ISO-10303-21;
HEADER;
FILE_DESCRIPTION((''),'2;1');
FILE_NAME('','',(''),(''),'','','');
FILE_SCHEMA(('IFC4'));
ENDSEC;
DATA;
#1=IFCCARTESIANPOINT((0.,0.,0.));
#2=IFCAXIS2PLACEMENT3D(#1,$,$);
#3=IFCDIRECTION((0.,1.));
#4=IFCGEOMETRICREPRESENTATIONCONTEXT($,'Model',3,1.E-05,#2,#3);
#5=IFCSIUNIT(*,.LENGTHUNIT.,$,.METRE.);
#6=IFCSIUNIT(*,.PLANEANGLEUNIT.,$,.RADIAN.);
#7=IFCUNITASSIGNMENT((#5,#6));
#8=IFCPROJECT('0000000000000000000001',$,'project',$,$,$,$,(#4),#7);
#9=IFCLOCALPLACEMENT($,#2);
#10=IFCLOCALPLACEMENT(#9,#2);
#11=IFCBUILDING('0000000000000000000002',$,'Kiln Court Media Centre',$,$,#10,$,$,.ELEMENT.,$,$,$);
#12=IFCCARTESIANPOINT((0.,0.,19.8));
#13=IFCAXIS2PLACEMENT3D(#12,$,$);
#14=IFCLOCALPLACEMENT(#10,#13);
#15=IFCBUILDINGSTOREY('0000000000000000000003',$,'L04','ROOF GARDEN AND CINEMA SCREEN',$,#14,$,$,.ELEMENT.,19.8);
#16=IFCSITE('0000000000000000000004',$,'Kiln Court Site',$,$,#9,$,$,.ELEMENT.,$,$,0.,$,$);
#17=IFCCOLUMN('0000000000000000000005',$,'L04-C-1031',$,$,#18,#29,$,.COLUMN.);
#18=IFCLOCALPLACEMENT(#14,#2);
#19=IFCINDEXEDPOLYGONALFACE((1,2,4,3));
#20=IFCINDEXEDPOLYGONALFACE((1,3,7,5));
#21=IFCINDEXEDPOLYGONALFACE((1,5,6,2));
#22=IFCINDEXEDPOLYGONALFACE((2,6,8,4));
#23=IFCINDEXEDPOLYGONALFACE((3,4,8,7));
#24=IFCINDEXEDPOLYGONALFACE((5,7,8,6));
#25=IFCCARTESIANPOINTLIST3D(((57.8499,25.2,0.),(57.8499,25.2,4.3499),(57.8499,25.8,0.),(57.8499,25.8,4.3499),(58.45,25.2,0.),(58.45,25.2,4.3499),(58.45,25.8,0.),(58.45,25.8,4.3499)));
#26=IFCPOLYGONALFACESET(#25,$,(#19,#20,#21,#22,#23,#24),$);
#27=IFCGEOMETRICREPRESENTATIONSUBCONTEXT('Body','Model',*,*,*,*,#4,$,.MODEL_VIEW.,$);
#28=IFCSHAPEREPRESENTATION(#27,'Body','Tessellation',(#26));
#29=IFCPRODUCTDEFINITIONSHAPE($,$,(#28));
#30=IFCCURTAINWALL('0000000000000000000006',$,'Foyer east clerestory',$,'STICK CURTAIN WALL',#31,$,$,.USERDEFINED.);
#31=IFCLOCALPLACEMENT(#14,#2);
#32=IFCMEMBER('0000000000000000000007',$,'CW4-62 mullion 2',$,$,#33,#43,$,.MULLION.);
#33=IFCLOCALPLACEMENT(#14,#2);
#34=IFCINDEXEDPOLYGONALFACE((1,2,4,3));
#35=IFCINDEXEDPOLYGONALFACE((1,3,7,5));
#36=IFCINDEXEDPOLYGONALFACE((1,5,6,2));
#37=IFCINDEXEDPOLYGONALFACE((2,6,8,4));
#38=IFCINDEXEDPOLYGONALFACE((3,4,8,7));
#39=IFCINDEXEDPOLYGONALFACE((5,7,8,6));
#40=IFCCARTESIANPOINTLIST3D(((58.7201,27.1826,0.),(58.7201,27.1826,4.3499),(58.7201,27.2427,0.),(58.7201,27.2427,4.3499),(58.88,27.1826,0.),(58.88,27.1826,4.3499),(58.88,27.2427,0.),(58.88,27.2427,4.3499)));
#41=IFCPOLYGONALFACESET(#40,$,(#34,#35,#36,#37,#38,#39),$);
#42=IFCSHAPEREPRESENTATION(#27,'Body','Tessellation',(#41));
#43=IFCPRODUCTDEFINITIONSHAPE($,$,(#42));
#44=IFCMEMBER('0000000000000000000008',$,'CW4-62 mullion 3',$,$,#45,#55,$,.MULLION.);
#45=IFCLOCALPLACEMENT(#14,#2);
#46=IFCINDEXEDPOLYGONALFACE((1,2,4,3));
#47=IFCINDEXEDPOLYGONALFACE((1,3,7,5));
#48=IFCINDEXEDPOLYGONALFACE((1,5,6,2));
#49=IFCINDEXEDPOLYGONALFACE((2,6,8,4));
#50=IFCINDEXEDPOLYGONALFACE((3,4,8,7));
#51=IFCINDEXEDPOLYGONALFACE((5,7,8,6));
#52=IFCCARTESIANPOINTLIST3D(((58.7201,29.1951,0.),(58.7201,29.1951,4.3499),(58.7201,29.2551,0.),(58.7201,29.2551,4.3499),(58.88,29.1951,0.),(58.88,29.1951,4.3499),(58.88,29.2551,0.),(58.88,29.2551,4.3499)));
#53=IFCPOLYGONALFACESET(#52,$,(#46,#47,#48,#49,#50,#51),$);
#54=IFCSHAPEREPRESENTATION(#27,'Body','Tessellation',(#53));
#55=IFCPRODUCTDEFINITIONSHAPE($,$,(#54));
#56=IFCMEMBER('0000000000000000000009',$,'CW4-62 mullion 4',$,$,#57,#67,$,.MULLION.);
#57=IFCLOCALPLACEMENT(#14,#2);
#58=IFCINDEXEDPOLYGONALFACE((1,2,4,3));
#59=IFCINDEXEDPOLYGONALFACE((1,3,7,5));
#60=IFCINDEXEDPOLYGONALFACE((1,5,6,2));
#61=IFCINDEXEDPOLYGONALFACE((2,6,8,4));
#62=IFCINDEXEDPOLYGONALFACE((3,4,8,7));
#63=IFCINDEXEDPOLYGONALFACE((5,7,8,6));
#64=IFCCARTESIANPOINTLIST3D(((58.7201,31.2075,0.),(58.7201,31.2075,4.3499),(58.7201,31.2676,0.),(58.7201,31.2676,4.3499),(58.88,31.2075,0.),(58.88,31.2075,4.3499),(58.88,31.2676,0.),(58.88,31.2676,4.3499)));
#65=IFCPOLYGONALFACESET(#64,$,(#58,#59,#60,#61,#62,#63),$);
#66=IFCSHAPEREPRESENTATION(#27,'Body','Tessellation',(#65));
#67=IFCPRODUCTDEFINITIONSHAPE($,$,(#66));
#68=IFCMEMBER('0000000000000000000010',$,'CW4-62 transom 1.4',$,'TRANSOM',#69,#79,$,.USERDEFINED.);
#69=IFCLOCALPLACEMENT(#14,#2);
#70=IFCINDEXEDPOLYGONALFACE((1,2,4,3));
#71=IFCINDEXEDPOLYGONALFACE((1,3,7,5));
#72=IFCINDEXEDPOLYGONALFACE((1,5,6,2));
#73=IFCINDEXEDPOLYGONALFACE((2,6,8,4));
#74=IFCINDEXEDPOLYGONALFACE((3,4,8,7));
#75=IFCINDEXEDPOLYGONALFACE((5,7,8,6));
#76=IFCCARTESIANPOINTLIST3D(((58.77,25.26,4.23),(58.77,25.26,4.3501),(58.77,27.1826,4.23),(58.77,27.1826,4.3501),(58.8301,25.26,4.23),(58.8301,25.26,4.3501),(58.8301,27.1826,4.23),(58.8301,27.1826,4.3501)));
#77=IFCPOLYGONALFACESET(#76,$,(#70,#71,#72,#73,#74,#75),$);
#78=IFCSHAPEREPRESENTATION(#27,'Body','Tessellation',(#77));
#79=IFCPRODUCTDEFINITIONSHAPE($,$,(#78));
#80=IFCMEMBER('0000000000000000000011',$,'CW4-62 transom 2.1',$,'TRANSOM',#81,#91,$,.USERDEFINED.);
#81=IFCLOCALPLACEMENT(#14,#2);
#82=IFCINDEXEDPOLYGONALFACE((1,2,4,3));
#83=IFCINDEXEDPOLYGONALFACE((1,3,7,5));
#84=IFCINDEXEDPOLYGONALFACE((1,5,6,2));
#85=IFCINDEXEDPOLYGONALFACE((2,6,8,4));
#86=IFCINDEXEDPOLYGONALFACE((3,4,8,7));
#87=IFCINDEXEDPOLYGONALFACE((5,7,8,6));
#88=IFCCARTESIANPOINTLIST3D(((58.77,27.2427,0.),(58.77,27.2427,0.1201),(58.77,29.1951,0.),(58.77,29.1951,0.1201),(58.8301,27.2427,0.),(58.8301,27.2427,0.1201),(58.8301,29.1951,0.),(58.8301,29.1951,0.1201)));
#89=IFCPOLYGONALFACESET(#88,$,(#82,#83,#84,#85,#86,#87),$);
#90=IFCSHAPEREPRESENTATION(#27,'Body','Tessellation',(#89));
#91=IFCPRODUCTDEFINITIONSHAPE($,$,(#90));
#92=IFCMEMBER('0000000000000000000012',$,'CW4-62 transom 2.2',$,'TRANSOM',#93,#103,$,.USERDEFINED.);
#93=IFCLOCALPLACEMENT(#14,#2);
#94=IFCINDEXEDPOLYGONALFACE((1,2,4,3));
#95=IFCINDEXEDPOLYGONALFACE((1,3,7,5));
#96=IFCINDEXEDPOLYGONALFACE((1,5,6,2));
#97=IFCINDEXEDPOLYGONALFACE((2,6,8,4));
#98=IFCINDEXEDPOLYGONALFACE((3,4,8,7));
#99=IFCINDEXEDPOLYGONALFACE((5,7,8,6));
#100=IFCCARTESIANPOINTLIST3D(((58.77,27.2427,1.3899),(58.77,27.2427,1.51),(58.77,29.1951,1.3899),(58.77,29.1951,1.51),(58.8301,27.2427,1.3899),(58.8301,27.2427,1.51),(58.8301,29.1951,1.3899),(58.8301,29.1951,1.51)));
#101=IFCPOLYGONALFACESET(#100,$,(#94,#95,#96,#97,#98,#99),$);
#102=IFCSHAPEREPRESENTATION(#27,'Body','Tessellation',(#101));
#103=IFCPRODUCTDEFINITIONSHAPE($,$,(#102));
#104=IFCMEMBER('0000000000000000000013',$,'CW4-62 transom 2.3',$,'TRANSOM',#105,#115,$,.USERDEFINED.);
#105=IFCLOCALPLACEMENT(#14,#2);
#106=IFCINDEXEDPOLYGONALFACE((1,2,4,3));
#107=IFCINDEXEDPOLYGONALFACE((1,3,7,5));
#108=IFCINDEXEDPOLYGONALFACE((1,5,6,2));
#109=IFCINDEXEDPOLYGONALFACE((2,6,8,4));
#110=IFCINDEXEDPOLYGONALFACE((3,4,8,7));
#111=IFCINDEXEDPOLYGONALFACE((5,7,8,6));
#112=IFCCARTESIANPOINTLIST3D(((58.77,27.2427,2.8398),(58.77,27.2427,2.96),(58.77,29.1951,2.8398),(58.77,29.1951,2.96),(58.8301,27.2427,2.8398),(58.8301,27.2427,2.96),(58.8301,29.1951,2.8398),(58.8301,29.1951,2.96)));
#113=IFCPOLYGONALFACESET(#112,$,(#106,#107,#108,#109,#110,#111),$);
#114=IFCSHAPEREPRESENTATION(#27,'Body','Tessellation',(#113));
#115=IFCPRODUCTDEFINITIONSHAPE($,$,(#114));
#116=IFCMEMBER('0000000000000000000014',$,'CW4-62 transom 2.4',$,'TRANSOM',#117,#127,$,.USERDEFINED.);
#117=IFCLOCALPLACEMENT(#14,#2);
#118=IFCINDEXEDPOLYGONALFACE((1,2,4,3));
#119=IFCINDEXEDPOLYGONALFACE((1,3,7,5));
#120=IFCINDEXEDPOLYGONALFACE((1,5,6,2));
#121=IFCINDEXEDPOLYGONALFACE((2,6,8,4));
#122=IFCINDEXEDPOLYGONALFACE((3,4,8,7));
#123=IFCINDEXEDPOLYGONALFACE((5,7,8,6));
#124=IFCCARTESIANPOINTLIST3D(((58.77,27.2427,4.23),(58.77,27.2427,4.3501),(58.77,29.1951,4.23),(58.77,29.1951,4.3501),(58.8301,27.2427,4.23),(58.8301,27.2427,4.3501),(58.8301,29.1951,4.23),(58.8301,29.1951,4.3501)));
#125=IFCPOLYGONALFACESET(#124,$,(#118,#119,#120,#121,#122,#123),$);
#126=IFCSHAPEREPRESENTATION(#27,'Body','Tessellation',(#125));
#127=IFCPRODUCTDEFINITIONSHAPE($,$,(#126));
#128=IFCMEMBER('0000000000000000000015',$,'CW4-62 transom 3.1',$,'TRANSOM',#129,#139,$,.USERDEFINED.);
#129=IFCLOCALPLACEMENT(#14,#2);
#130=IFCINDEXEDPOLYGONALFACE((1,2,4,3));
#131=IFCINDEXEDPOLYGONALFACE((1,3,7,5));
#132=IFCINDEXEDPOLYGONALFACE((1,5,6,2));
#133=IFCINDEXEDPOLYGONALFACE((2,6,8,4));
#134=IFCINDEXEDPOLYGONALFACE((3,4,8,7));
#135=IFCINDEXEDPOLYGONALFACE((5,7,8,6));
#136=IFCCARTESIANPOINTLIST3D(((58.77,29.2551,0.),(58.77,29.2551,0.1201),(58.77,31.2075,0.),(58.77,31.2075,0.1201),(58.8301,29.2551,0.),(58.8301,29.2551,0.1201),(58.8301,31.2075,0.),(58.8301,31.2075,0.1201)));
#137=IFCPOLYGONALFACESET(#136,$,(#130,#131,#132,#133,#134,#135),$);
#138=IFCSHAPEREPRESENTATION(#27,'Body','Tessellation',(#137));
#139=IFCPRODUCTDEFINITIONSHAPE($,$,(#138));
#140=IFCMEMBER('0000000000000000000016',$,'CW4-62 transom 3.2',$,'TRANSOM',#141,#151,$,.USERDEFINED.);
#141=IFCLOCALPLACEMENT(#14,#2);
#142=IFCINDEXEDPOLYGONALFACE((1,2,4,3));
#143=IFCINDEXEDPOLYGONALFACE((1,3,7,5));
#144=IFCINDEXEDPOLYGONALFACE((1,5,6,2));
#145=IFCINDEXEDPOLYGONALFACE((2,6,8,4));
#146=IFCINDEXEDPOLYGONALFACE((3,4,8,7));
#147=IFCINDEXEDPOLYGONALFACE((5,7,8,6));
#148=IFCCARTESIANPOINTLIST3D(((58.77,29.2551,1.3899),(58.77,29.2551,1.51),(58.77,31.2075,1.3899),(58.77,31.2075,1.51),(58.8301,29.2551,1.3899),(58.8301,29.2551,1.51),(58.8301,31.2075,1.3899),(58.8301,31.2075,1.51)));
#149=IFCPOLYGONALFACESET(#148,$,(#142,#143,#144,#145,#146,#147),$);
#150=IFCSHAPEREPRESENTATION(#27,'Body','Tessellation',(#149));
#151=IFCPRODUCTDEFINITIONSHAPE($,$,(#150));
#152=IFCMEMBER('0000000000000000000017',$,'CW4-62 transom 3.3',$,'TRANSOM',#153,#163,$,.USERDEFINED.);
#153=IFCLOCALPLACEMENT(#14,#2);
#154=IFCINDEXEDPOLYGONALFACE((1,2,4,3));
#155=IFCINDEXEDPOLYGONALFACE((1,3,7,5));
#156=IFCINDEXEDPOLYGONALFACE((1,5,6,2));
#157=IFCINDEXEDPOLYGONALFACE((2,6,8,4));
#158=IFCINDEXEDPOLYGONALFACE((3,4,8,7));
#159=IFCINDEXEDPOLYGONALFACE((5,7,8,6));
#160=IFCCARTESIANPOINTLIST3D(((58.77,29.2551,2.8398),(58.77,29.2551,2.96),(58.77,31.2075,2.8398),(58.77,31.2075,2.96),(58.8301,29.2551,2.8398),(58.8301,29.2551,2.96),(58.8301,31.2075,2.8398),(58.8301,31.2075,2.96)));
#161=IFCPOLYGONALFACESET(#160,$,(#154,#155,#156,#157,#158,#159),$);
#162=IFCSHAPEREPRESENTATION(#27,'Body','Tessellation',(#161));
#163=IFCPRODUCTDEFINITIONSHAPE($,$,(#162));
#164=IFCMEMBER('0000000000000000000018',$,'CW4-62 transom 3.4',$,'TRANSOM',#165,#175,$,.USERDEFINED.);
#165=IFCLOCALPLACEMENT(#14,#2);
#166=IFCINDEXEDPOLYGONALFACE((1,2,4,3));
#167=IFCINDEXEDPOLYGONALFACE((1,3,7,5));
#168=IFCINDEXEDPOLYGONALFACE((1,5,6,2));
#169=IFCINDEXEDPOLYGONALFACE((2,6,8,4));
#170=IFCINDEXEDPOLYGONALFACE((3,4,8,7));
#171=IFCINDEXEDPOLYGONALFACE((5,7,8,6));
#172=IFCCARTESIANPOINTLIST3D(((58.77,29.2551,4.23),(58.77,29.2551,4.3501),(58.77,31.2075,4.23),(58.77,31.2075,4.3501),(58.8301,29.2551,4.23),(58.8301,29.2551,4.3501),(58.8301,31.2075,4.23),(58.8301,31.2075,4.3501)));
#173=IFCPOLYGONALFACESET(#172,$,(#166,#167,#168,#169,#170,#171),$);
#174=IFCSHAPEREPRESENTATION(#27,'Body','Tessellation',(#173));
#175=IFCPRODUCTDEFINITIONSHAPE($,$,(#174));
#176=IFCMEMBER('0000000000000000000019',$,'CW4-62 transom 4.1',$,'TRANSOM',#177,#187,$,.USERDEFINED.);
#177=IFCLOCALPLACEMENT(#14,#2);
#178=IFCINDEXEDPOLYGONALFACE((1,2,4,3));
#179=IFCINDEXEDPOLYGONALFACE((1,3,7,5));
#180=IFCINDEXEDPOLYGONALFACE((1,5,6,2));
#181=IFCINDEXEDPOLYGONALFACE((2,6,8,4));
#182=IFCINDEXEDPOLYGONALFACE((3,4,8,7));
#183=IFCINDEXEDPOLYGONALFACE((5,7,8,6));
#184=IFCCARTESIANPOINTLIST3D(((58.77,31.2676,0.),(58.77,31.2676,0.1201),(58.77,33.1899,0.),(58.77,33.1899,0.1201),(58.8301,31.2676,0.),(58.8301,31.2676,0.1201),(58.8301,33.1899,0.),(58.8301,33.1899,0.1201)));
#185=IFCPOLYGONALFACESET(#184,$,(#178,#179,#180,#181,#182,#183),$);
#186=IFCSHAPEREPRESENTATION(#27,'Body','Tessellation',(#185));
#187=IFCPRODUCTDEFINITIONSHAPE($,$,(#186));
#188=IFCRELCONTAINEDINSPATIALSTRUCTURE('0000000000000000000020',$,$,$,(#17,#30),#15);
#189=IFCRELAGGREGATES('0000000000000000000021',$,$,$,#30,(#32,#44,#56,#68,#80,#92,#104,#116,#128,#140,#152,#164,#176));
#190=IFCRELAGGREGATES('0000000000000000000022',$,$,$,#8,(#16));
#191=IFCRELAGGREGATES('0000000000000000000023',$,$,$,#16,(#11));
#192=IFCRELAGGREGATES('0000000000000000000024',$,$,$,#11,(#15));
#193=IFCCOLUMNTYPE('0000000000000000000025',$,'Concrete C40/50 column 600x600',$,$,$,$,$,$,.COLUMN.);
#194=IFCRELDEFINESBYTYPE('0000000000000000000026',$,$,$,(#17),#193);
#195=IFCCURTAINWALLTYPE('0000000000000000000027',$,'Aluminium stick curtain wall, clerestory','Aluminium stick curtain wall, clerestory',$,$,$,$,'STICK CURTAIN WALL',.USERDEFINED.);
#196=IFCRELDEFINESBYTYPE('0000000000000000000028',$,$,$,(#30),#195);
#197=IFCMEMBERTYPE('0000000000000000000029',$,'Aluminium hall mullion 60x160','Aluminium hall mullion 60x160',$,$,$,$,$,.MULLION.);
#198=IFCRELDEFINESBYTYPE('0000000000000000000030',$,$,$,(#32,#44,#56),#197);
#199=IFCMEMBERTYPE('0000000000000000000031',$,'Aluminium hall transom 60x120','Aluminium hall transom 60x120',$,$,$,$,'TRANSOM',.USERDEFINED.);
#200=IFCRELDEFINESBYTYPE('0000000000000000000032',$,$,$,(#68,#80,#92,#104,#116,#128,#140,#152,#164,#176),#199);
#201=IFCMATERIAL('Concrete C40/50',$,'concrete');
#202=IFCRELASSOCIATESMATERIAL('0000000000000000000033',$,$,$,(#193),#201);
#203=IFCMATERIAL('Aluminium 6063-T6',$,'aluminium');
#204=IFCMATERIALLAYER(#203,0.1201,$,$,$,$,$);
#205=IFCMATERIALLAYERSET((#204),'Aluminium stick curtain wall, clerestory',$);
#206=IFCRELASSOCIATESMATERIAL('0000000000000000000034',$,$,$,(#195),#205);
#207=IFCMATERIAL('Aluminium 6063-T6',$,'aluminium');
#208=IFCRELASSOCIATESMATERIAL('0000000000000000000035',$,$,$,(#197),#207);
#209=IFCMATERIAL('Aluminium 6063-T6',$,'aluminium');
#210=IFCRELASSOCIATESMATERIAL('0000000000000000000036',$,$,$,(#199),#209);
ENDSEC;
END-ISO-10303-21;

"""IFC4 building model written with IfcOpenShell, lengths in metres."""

from ifc_helpers import new_model, si_unit, direction, frame, origin, origin_2d, place, context, subcontext, project, spatial, rectangle, extrude, material, layer, layer_set, material_profile, profile_set, type_object, element, aggregate, save


model = new_model("IFC4")

# Units and contexts
model_context = context("Model", 3, precision=1e-05, world=origin(), true_north=direction((0.0, 1.0)))
body_context = subcontext(model_context, "Body", "Model", "MODEL_VIEW")
ifc_project = project(units=[si_unit("LENGTHUNIT", "METRE"), si_unit("PLANEANGLEUNIT", "RADIAN")], contexts=[model_context])

# Site, building, storey
site_placement = place(None, origin())
site = spatial("IfcSite", under=ifc_project, at=site_placement, Name="Kiln Court Site", CompositionType="ELEMENT", RefElevation=0.0)
building_placement = place(site_placement, origin())
building = spatial("IfcBuilding", under=site, at=building_placement, Name="Kiln Court Media Centre", CompositionType="ELEMENT")
storey_placement = place(building_placement, frame((0.0, 0.0, 19.8)))
storey = spatial("IfcBuildingStorey", under=building, at=storey_placement, Name="L04", Description="ROOF GARDEN AND CINEMA SCREEN", CompositionType="ELEMENT", Elevation=19.8)

# Column
ifc_material_1 = material(Name="Concrete C40/50", Category="concrete")
ifc_material_profile_1 = material_profile(ifc_material_1, rectangle(XDim=0.6001, YDim=0.6001, at=origin_2d()), Name="RC 600x600")
ifc_profile_set_1 = profile_set([ifc_material_profile_1], Name="Concrete C40/50")
column_type = type_object("IfcColumnType", Name="Concrete C40/50 column 600x600", PredefinedType="COLUMN", material=ifc_profile_set_1)
column_placement = place(storey_placement, frame((58.1499, 25.5, 0.0), z_axis=(0.0, 0.0, 1.0), x_axis=(1.0, 0.0, 0.0)))
element("IfcColumn", 1, at=column_placement, inside=storey, type_object=column_type, Name="L04-C-1031", PredefinedType="COLUMN", context=body_context, shape_type="SweptSolid", body=[
    extrude(rectangle(XDim=0.6001, YDim=0.6001, at=origin_2d()), origin(), (0.0, 0.0, 1.0), 4.3499),
])

# Curtain wall, members
ifc_material_2 = material(Name="Aluminium 6063-T6", Category="aluminium")
ifc_layer_1 = layer(ifc_material_2, 0.1201)
ifc_layer_set_1 = layer_set([ifc_layer_1], Name="Aluminium stick curtain wall, clerestory")
curtain_wall_type = type_object("IfcCurtainWallType", Name="Aluminium stick curtain wall, clerestory", Description="Aluminium stick curtain wall, clerestory", ElementType="STICK CURTAIN WALL", PredefinedType="USERDEFINED", material=ifc_layer_set_1)
curtain_wall_placement = place(storey_placement, origin())
curtain_wall = element("IfcCurtainWall", 2, at=curtain_wall_placement, inside=storey, type_object=curtain_wall_type, Name="Foyer east clerestory", ObjectType="STICK CURTAIN WALL", PredefinedType="USERDEFINED")
ifc_material_3 = material(Name="Aluminium 6063-T6", Category="aluminium")
ifc_material_profile_2 = material_profile(ifc_material_3, rectangle(XDim=0.0601, YDim=0.1599, at=origin_2d()), Name="Aluminium hall mullion 60x160")
ifc_profile_set_2 = profile_set([ifc_material_profile_2], Name="Aluminium 6063-T6")
member_type_1 = type_object("IfcMemberType", Name="Aluminium hall mullion 60x160", Description="Aluminium hall mullion 60x160", PredefinedType="MULLION", material=ifc_profile_set_2)
member_1_placement = place(storey_placement, frame((58.8, 27.2126, 0.0), z_axis=(0.0, 0.0, 1.0), x_axis=(0.0, 1.0, 0.0)))
member_1 = element("IfcMember", 3, at=member_1_placement, type_object=member_type_1, Name="CW4-62 mullion 2", PredefinedType="MULLION", context=body_context, shape_type="SweptSolid", body=[
    extrude(rectangle(XDim=0.0601, YDim=0.1599, at=origin_2d()), origin(), (0.0, 0.0, 1.0), 4.3499),
])
member_2_placement = place(storey_placement, frame((58.8, 29.2251, 0.0), z_axis=(0.0, 0.0, 1.0), x_axis=(0.0, 1.0, 0.0)))
member_2 = element("IfcMember", 4, at=member_2_placement, type_object=member_type_1, Name="CW4-62 mullion 3", PredefinedType="MULLION", context=body_context, shape_type="SweptSolid", body=[
    extrude(rectangle(XDim=0.0601, YDim=0.1599, at=origin_2d()), origin(), (0.0, 0.0, 1.0), 4.3499),
])
member_3_placement = place(storey_placement, frame((58.8, 31.2375, 0.0), z_axis=(0.0, 0.0, 1.0), x_axis=(0.0, 1.0, 0.0)))
member_3 = element("IfcMember", 5, at=member_3_placement, type_object=member_type_1, Name="CW4-62 mullion 4", PredefinedType="MULLION", context=body_context, shape_type="SweptSolid", body=[
    extrude(rectangle(XDim=0.0601, YDim=0.1599, at=origin_2d()), origin(), (0.0, 0.0, 1.0), 4.3499),
])
ifc_material_4 = material(Name="Aluminium 6063-T6", Category="aluminium")
ifc_material_profile_3 = material_profile(ifc_material_4, rectangle(XDim=0.0601, YDim=0.1201, at=origin_2d()), Name="Aluminium hall transom 60x120")
ifc_profile_set_3 = profile_set([ifc_material_profile_3], Name="Aluminium 6063-T6")
member_type_2 = type_object("IfcMemberType", Name="Aluminium hall transom 60x120", Description="Aluminium hall transom 60x120", ElementType="TRANSOM", PredefinedType="USERDEFINED", material=ifc_profile_set_3)
member_4_placement = place(storey_placement, frame((58.8, 25.26, 4.29), z_axis=(0.0, 1.0, 0.0), x_axis=(-1.0, 0.0, 0.0)))
member_4 = element("IfcMember", 6, at=member_4_placement, type_object=member_type_2, Name="CW4-62 transom 1.4", ObjectType="TRANSOM", PredefinedType="USERDEFINED", context=body_context, shape_type="SweptSolid", body=[
    extrude(rectangle(XDim=0.0601, YDim=0.1201, at=origin_2d()), origin(), (0.0, 0.0, 1.0), 1.9226),
])
member_5_placement = place(storey_placement, frame((58.8, 27.2427, 0.0601), z_axis=(0.0, 1.0, 0.0), x_axis=(-1.0, 0.0, 0.0)))
member_5 = element("IfcMember", 7, at=member_5_placement, type_object=member_type_2, Name="CW4-62 transom 2.1", ObjectType="TRANSOM", PredefinedType="USERDEFINED", context=body_context, shape_type="SweptSolid", body=[
    extrude(rectangle(XDim=0.0601, YDim=0.1201, at=origin_2d()), origin(), (0.0, 0.0, 1.0), 1.9524),
])
member_6_placement = place(storey_placement, frame((58.8, 27.2427, 1.45), z_axis=(0.0, 1.0, 0.0), x_axis=(-1.0, 0.0, 0.0)))
member_6 = element("IfcMember", 8, at=member_6_placement, type_object=member_type_2, Name="CW4-62 transom 2.2", ObjectType="TRANSOM", PredefinedType="USERDEFINED", context=body_context, shape_type="SweptSolid", body=[
    extrude(rectangle(XDim=0.0601, YDim=0.1201, at=origin_2d()), origin(), (0.0, 0.0, 1.0), 1.9524),
])
member_7_placement = place(storey_placement, frame((58.8, 27.2427, 2.8999), z_axis=(0.0, 1.0, 0.0), x_axis=(-1.0, 0.0, 0.0)))
member_7 = element("IfcMember", 9, at=member_7_placement, type_object=member_type_2, Name="CW4-62 transom 2.3", ObjectType="TRANSOM", PredefinedType="USERDEFINED", context=body_context, shape_type="SweptSolid", body=[
    extrude(rectangle(XDim=0.0601, YDim=0.1201, at=origin_2d()), origin(), (0.0, 0.0, 1.0), 1.9524),
])
member_8_placement = place(storey_placement, frame((58.8, 27.2427, 4.29), z_axis=(0.0, 1.0, 0.0), x_axis=(-1.0, 0.0, 0.0)))
member_8 = element("IfcMember", 10, at=member_8_placement, type_object=member_type_2, Name="CW4-62 transom 2.4", ObjectType="TRANSOM", PredefinedType="USERDEFINED", context=body_context, shape_type="SweptSolid", body=[
    extrude(rectangle(XDim=0.0601, YDim=0.1201, at=origin_2d()), origin(), (0.0, 0.0, 1.0), 1.9524),
])
member_9_placement = place(storey_placement, frame((58.8, 29.2551, 0.0601), z_axis=(0.0, 1.0, 0.0), x_axis=(-1.0, 0.0, 0.0)))
member_9 = element("IfcMember", 11, at=member_9_placement, type_object=member_type_2, Name="CW4-62 transom 3.1", ObjectType="TRANSOM", PredefinedType="USERDEFINED", context=body_context, shape_type="SweptSolid", body=[
    extrude(rectangle(XDim=0.0601, YDim=0.1201, at=origin_2d()), origin(), (0.0, 0.0, 1.0), 1.9524),
])
member_10_placement = place(storey_placement, frame((58.8, 29.2551, 1.45), z_axis=(0.0, 1.0, 0.0), x_axis=(-1.0, 0.0, 0.0)))
member_10 = element("IfcMember", 12, at=member_10_placement, type_object=member_type_2, Name="CW4-62 transom 3.2", ObjectType="TRANSOM", PredefinedType="USERDEFINED", context=body_context, shape_type="SweptSolid", body=[
    extrude(rectangle(XDim=0.0601, YDim=0.1201, at=origin_2d()), origin(), (0.0, 0.0, 1.0), 1.9524),
])
member_11_placement = place(storey_placement, frame((58.8, 29.2551, 2.8999), z_axis=(0.0, 1.0, 0.0), x_axis=(-1.0, 0.0, 0.0)))
member_11 = element("IfcMember", 13, at=member_11_placement, type_object=member_type_2, Name="CW4-62 transom 3.3", ObjectType="TRANSOM", PredefinedType="USERDEFINED", context=body_context, shape_type="SweptSolid", body=[
    extrude(rectangle(XDim=0.0601, YDim=0.1201, at=origin_2d()), origin(), (0.0, 0.0, 1.0), 1.9524),
])
member_12_placement = place(storey_placement, frame((58.8, 29.2551, 4.29), z_axis=(0.0, 1.0, 0.0), x_axis=(-1.0, 0.0, 0.0)))
member_12 = element("IfcMember", 14, at=member_12_placement, type_object=member_type_2, Name="CW4-62 transom 3.4", ObjectType="TRANSOM", PredefinedType="USERDEFINED", context=body_context, shape_type="SweptSolid", body=[
    extrude(rectangle(XDim=0.0601, YDim=0.1201, at=origin_2d()), origin(), (0.0, 0.0, 1.0), 1.9524),
])
member_13_placement = place(storey_placement, frame((58.8, 31.2676, 0.0601), z_axis=(0.0, 1.0, 0.0), x_axis=(-1.0, 0.0, 0.0)))
member_13 = element("IfcMember", 15, at=member_13_placement, type_object=member_type_2, Name="CW4-62 transom 4.1", ObjectType="TRANSOM", PredefinedType="USERDEFINED", context=body_context, shape_type="SweptSolid", body=[
    extrude(rectangle(XDim=0.0601, YDim=0.1201, at=origin_2d()), origin(), (0.0, 0.0, 1.0), 1.9224),
])
aggregate(curtain_wall, [member_1, member_2, member_3, member_4, member_5, member_6, member_7, member_8, member_9, member_10, member_11, member_12, member_13])

save(model, "model.ifc")
